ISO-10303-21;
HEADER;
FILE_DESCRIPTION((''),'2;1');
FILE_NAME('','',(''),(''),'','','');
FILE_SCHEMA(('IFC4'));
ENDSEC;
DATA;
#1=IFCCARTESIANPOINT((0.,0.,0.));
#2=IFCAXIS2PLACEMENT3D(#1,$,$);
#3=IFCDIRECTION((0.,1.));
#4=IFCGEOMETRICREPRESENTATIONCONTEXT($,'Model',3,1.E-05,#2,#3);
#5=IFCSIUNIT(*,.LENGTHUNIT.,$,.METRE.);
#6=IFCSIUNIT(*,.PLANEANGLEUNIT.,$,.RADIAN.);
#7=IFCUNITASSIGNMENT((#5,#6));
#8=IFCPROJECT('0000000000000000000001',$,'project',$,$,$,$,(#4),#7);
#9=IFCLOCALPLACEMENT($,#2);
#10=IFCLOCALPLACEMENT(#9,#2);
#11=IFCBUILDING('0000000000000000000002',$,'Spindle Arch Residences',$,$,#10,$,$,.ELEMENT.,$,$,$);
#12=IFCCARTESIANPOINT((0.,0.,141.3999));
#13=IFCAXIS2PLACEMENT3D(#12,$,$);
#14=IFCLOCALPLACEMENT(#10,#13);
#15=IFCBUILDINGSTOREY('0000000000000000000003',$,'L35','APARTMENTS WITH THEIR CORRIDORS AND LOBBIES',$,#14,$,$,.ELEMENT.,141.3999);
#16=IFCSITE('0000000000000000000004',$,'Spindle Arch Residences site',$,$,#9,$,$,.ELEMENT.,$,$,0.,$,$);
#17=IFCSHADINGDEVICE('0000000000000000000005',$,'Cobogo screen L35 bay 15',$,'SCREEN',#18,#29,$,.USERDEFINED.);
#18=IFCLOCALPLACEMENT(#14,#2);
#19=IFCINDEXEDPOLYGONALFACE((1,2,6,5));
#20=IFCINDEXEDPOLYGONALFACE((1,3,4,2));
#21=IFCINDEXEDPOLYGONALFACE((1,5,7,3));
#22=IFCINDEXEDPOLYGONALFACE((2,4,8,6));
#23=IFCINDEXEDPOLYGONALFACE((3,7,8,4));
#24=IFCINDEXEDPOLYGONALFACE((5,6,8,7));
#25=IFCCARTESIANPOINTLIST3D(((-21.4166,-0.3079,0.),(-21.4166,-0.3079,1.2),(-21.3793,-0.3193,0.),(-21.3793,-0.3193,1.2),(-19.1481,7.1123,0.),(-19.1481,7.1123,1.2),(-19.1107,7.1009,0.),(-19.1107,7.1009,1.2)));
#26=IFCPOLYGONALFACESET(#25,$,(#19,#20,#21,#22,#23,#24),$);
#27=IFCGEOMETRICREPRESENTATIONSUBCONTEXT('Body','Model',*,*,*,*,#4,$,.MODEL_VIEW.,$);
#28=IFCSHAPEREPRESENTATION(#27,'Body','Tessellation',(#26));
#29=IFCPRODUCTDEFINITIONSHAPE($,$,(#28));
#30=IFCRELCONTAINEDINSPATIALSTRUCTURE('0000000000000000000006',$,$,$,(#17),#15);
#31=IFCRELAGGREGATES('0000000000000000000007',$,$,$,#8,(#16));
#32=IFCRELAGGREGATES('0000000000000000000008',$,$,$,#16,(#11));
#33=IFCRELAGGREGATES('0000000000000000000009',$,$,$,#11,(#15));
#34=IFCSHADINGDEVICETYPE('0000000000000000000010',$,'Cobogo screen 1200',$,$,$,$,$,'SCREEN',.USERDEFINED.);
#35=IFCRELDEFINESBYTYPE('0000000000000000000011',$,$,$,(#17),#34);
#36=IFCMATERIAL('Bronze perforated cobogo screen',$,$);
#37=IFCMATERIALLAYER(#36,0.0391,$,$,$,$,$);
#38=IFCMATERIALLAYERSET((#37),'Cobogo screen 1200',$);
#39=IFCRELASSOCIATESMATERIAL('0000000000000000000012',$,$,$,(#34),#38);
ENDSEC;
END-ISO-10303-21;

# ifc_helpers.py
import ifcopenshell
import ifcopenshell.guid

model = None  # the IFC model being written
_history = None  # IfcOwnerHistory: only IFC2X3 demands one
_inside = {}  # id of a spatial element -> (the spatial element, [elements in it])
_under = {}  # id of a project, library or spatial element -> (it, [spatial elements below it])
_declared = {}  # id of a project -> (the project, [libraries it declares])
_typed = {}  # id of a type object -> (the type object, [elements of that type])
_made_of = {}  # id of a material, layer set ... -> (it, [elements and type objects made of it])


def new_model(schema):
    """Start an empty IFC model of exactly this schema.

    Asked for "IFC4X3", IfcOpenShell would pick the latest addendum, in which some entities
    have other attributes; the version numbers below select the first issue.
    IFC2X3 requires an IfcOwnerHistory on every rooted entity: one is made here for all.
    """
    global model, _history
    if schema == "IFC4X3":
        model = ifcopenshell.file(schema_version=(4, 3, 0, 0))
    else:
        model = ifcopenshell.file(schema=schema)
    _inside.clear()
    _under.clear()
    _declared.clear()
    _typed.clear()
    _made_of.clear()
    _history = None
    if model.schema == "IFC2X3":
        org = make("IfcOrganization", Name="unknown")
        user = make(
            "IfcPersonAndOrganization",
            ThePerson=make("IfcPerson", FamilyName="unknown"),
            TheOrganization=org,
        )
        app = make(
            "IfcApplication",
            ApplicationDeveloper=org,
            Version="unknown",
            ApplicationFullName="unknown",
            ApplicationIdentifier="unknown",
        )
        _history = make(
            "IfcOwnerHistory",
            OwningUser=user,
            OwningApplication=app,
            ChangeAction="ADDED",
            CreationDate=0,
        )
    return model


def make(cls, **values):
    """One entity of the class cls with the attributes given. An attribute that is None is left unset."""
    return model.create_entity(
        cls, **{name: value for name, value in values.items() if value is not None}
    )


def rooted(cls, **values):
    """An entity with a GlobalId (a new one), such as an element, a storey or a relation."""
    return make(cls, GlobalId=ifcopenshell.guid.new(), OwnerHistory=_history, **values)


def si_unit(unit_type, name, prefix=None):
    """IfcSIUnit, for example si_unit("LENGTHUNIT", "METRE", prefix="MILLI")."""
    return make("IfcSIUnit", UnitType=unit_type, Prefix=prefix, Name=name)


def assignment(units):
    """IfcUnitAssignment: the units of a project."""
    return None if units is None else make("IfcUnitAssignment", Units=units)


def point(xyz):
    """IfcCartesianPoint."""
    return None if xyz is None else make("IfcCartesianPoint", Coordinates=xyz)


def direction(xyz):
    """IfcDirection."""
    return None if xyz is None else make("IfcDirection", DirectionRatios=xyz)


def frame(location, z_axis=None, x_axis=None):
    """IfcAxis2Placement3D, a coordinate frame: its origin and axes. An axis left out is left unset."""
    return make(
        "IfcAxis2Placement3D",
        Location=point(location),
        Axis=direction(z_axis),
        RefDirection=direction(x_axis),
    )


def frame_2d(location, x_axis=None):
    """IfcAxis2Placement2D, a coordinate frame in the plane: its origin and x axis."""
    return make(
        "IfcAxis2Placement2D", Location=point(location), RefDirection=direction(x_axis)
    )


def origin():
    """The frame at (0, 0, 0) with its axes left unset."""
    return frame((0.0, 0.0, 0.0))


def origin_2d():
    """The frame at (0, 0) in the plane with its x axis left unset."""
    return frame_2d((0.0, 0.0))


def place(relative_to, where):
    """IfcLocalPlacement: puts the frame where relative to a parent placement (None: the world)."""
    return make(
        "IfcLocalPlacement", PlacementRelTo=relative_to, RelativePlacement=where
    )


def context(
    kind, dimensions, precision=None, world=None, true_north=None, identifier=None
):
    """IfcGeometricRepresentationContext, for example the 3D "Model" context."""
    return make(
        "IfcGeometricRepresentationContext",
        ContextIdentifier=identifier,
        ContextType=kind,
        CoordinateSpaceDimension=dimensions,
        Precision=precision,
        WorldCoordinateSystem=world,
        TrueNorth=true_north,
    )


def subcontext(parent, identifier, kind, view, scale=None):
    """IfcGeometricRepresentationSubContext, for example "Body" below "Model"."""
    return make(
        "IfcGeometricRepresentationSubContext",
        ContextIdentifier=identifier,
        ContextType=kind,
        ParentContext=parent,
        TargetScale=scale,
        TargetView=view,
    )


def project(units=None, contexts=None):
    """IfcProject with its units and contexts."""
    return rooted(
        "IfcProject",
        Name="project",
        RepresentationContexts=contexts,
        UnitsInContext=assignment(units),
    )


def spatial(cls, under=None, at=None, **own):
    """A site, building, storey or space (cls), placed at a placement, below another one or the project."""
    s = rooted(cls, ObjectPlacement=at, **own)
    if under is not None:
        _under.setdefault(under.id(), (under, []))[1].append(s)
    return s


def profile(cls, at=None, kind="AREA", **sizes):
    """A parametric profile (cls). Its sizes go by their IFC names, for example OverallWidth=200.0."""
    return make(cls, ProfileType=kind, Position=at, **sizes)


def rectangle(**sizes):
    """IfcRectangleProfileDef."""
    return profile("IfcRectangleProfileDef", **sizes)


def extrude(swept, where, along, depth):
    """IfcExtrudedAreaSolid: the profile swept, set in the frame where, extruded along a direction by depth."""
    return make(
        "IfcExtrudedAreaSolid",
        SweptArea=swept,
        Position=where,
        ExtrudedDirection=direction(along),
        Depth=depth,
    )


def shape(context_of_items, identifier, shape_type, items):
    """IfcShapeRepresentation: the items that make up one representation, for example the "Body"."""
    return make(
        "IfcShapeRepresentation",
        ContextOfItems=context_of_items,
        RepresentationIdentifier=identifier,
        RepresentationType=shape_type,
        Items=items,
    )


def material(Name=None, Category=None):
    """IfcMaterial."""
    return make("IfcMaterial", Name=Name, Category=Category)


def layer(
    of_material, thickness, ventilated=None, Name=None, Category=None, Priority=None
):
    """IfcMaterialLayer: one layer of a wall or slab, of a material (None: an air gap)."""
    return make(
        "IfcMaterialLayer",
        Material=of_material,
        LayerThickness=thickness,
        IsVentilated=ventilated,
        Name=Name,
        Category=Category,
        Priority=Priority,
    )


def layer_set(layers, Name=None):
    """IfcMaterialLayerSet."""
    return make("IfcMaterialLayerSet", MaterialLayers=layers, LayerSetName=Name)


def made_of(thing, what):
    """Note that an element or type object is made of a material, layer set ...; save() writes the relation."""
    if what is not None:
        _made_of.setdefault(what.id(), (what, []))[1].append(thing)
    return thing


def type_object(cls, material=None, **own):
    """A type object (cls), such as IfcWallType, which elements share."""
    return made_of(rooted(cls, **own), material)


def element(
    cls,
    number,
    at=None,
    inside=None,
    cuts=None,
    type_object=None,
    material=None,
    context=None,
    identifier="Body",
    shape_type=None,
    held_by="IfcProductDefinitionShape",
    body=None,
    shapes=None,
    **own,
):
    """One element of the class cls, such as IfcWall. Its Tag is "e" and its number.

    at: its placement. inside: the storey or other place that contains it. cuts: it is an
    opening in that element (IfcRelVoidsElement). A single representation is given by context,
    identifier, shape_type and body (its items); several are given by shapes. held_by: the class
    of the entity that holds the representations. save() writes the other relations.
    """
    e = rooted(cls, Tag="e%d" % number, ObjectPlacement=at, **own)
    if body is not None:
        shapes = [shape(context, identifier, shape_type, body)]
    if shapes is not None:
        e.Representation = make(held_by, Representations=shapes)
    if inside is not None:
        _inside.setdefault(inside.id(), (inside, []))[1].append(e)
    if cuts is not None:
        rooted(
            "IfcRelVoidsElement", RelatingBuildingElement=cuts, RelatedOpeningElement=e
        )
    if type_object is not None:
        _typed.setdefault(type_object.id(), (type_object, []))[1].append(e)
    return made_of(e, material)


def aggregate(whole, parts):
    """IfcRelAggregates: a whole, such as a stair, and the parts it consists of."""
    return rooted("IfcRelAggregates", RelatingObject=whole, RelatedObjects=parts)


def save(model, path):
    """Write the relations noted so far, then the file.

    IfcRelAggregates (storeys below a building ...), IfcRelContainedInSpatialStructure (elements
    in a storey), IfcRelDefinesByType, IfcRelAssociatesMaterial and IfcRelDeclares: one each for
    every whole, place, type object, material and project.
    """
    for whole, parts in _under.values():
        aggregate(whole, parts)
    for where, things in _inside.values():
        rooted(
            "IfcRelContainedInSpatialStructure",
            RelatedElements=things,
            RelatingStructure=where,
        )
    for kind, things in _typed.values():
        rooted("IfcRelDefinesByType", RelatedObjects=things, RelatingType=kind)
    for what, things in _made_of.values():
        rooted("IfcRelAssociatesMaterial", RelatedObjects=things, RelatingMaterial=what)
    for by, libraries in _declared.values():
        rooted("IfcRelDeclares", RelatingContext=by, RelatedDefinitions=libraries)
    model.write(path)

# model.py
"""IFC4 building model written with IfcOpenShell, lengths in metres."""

from ifc_helpers import new_model, si_unit, direction, frame, origin, origin_2d, place, context, subcontext, project, spatial, rectangle, extrude, material, layer, layer_set, type_object, element, save


model = new_model("IFC4")

# Units and contexts
model_context = context("Model", 3, precision=1e-05, world=origin(), true_north=direction((0.0, 1.0)))
body_context = subcontext(model_context, "Body", "Model", "MODEL_VIEW")
ifc_project = project(units=[si_unit("LENGTHUNIT", "METRE"), si_unit("PLANEANGLEUNIT", "RADIAN")], contexts=[model_context])

# Site, building, storey
site_placement = place(None, origin())
site = spatial("IfcSite", under=ifc_project, at=site_placement, Name="Spindle Arch Residences site", CompositionType="ELEMENT", RefElevation=0.0)
building_placement = place(site_placement, origin())
building = spatial("IfcBuilding", under=site, at=building_placement, Name="Spindle Arch Residences", CompositionType="ELEMENT")
storey_placement = place(building_placement, frame((0.0, 0.0, 141.3999)))
storey = spatial("IfcBuildingStorey", under=building, at=storey_placement, Name="L35", Description="APARTMENTS WITH THEIR CORRIDORS AND LOBBIES", CompositionType="ELEMENT", Elevation=141.3999)

# Shading device
ifc_material_1 = material(Name="Bronze perforated cobogo screen")
ifc_layer_1 = layer(ifc_material_1, 0.0391)
ifc_layer_set_1 = layer_set([ifc_layer_1], Name="Cobogo screen 1200")
shading_device_type = type_object("IfcShadingDeviceType", Name="Cobogo screen 1200", ElementType="SCREEN", PredefinedType="USERDEFINED", material=ifc_layer_set_1)
shading_device_placement = place(storey_placement, frame((-20.2637, 3.3965, 0.0), z_axis=(0.0, 0.0, 1.0), x_axis=(-0.292372, -0.956305, 0.0)))
element("IfcShadingDevice", 1, at=shading_device_placement, inside=storey, type_object=shading_device_type, Name="Cobogo screen L35 bay 15", ObjectType="SCREEN", PredefinedType="USERDEFINED", context=body_context, shape_type="SweptSolid", body=[
    extrude(rectangle(XDim=7.7593, YDim=0.0391, at=origin_2d()), origin(), (0.0, 0.0, 1.0), 1.2),
])

save(model, "model.ifc")
